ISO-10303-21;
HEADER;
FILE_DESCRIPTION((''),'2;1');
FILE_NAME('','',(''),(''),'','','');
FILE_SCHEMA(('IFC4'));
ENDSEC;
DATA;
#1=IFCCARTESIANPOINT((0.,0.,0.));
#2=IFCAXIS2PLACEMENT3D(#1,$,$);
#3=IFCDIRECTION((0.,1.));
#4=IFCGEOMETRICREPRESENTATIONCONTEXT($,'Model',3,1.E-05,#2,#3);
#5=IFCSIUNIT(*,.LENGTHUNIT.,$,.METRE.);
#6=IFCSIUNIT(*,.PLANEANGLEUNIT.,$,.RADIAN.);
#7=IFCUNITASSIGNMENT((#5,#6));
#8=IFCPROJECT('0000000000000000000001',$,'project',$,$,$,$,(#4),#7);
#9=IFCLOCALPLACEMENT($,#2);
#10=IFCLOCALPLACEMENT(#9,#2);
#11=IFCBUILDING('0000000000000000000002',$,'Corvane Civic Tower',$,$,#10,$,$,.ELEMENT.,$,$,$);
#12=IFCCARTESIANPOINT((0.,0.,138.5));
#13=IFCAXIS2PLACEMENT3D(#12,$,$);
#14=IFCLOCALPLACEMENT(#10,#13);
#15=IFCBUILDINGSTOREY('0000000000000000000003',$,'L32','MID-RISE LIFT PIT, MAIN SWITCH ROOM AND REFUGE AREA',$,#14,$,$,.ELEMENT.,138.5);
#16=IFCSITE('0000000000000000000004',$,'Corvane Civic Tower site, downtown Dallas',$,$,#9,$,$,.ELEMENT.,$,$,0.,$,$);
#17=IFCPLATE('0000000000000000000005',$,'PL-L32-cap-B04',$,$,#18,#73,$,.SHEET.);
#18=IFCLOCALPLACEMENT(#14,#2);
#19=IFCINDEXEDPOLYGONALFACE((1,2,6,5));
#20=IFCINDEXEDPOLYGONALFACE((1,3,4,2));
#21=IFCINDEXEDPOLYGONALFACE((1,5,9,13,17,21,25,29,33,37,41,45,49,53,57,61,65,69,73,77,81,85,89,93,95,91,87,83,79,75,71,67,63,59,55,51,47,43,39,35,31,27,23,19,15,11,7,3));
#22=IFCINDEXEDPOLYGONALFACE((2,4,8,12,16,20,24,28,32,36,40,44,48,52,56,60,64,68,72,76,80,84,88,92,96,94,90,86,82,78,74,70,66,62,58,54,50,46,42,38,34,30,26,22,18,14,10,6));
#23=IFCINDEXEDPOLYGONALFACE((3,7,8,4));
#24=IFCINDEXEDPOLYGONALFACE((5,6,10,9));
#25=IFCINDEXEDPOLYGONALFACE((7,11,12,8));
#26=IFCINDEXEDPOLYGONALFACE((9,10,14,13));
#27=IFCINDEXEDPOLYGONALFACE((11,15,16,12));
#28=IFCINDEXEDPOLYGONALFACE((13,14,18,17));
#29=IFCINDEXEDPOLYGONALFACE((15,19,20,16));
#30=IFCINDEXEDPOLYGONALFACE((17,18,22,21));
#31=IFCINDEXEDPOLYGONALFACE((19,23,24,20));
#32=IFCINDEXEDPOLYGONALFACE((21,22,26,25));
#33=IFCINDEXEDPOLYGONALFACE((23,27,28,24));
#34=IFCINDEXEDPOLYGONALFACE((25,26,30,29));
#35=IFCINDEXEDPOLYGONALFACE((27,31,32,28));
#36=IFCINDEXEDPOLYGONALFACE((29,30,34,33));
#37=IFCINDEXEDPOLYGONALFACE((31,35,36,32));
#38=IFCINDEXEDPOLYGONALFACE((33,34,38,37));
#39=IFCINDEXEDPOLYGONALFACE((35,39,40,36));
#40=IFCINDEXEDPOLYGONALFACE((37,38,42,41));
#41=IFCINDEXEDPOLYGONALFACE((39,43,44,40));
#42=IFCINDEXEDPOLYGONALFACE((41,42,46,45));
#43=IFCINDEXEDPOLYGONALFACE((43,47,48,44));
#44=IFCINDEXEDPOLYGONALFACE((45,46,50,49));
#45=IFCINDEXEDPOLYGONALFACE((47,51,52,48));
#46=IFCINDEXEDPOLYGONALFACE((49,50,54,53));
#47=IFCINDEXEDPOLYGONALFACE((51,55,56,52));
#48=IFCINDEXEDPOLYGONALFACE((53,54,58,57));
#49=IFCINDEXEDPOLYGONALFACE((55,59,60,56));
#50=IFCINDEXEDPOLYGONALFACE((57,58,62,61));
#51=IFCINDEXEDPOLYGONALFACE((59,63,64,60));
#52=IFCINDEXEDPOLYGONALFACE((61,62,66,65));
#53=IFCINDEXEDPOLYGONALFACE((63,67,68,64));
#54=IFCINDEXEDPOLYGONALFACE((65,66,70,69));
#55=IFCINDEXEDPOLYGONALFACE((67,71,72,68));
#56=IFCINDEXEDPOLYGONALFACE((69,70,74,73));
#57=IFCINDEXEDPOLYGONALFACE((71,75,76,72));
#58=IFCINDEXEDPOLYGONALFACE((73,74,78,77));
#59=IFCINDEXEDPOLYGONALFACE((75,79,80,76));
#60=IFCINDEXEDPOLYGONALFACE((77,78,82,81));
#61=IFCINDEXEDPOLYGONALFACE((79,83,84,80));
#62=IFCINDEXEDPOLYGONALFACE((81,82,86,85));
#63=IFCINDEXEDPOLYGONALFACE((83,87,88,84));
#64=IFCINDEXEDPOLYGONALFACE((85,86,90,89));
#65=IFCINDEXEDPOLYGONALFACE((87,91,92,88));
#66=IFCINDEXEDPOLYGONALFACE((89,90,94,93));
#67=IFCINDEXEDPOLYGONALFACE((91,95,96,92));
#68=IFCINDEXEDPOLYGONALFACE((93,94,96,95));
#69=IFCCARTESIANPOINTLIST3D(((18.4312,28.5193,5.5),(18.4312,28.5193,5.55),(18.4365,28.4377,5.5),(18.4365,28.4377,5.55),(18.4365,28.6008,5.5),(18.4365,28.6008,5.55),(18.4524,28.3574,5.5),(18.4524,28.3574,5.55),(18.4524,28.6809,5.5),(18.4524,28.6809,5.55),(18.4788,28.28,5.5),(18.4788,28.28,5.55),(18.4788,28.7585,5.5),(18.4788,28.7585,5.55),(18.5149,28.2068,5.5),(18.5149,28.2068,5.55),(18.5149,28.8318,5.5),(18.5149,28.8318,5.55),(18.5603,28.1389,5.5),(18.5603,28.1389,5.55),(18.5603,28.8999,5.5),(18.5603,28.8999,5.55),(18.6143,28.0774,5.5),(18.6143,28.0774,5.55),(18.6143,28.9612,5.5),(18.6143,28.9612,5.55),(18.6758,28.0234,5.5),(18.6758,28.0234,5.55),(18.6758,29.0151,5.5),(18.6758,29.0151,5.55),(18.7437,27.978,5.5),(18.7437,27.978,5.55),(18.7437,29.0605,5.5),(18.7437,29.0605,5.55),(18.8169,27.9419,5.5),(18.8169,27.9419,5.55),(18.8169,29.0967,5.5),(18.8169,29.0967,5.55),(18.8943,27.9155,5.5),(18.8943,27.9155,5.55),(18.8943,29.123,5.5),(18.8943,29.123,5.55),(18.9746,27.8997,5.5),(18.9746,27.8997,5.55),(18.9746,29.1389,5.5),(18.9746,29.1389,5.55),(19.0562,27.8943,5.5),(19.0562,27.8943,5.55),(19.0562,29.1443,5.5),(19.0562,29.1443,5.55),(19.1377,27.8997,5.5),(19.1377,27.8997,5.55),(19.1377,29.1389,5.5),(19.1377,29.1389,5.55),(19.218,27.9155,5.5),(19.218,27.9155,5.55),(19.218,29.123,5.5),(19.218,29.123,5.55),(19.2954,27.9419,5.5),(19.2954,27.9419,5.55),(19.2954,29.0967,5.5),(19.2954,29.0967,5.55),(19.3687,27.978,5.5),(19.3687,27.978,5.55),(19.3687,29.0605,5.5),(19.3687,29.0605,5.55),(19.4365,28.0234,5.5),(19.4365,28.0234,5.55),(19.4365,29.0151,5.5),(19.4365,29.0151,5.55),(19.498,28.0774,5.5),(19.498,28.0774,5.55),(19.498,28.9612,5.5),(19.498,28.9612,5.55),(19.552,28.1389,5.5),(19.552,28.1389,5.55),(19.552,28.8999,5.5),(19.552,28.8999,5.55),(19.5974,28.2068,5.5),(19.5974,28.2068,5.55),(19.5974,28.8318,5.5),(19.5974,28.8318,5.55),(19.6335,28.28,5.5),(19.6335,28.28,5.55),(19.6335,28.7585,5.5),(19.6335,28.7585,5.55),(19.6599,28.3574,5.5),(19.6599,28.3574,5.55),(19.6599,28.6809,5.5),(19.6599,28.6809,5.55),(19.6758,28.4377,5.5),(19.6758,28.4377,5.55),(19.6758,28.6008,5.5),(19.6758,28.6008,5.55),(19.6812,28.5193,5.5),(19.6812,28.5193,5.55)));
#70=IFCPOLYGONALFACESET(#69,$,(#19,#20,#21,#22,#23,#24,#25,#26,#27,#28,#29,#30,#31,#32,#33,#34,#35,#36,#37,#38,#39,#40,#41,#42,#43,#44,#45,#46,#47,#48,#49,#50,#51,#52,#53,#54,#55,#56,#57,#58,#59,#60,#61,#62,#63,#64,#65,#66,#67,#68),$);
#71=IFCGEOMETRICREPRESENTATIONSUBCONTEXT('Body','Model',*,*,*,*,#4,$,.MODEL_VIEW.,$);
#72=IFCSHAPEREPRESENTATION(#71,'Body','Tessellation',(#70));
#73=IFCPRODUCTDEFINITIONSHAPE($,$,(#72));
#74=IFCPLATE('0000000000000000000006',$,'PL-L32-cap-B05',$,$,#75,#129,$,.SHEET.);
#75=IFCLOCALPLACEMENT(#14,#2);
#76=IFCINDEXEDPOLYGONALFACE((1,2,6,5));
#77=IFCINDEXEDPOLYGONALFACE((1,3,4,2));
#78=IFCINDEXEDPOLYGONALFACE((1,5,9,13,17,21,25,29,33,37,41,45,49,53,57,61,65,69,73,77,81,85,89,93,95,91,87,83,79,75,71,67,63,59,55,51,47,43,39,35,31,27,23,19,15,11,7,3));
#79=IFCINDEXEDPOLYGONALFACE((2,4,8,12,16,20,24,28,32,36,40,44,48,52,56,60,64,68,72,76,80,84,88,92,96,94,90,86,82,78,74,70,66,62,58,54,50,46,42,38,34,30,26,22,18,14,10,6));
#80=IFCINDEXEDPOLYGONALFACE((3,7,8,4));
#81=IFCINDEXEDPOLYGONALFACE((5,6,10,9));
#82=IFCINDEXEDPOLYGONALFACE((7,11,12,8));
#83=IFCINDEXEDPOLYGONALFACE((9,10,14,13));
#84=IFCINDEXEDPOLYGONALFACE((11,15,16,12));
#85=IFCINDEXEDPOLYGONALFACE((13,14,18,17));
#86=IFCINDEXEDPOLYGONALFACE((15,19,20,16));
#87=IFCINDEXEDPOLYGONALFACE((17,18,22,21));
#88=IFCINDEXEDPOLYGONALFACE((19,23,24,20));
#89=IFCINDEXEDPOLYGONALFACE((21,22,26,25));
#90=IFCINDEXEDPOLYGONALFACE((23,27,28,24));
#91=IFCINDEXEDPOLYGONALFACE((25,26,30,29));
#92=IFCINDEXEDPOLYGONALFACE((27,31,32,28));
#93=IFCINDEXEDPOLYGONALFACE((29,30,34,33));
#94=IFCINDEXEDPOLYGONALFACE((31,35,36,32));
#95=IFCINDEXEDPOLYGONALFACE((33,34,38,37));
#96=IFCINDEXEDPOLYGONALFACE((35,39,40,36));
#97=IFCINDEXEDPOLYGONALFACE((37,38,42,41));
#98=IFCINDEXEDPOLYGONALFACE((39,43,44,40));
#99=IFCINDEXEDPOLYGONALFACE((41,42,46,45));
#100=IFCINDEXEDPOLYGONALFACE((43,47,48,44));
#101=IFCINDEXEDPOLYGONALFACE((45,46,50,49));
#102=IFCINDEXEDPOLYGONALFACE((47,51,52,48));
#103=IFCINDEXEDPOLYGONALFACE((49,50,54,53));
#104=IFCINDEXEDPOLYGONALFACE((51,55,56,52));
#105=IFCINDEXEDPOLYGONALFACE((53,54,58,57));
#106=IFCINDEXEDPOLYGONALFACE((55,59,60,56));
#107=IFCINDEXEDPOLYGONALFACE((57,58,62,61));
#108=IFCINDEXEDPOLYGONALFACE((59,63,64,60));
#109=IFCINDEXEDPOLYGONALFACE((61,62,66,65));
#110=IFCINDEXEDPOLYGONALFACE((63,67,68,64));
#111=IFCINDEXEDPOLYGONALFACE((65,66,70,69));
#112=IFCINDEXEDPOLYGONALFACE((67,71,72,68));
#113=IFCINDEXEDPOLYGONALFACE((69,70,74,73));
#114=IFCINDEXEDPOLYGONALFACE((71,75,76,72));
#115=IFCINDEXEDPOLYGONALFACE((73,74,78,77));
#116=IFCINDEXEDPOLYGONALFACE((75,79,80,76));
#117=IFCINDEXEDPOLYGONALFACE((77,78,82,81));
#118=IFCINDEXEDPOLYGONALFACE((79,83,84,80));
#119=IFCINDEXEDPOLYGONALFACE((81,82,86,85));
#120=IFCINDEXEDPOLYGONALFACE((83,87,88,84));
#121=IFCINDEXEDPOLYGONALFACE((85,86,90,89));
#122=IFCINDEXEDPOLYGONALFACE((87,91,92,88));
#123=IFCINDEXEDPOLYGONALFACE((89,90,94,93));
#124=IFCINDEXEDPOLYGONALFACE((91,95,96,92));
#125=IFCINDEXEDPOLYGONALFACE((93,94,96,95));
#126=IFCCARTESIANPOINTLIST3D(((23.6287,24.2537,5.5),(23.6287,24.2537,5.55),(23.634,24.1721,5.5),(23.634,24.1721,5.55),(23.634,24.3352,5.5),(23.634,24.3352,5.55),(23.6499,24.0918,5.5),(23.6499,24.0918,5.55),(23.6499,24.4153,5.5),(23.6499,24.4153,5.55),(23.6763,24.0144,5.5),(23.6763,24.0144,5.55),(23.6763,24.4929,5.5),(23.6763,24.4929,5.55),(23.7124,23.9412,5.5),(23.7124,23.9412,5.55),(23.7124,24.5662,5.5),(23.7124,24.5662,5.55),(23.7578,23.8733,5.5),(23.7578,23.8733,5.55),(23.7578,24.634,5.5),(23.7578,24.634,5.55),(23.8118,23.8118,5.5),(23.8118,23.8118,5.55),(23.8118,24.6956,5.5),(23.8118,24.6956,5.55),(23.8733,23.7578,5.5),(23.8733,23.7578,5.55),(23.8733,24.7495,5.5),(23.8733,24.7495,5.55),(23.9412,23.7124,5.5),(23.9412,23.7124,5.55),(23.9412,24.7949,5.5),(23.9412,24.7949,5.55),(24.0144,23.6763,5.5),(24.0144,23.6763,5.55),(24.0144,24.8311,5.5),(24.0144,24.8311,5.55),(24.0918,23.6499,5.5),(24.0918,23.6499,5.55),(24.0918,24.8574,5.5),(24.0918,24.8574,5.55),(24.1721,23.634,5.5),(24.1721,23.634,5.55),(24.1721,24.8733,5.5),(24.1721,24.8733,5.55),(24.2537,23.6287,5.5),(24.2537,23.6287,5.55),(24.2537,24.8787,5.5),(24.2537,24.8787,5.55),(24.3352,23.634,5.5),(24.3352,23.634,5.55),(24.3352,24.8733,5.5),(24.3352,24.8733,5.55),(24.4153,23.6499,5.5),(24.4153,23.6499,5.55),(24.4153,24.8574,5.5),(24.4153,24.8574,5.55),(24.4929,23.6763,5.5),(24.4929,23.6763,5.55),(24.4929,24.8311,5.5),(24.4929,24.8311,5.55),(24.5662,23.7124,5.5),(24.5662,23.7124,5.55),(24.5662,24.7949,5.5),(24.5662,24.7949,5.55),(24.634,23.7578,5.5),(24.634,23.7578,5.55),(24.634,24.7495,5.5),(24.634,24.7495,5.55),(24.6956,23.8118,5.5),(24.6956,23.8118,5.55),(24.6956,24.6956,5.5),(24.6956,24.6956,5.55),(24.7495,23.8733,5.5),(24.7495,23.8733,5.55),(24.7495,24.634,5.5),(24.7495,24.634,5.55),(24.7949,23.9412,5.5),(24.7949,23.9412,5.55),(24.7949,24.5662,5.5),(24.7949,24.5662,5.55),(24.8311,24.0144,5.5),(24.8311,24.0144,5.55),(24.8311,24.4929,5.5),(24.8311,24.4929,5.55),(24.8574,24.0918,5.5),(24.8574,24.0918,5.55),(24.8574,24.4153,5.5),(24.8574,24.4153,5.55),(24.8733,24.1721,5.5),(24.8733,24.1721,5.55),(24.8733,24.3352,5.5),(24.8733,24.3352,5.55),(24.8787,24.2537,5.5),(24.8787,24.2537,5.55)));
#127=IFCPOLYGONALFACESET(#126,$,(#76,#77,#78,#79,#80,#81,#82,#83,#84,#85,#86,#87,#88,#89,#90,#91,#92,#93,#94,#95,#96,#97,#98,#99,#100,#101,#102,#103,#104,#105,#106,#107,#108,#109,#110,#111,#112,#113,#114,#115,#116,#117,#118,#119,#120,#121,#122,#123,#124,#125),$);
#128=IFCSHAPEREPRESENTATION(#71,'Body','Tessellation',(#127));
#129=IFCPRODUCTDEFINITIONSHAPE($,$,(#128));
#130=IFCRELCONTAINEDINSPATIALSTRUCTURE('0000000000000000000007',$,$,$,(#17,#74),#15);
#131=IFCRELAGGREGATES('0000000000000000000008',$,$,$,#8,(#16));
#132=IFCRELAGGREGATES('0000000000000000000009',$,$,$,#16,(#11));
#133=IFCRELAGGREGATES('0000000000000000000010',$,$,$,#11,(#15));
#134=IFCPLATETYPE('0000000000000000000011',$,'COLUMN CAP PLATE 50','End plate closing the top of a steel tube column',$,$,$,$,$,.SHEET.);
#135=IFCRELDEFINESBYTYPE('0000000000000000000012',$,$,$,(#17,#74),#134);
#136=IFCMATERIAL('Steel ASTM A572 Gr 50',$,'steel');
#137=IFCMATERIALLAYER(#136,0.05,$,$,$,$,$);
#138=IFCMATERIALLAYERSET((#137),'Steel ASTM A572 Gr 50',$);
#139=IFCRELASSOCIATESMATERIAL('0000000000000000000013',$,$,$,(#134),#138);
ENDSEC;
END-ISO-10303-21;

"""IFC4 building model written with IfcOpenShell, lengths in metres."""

from ifc_helpers import new_model, si_unit, direction, frame, origin, place, context, subcontext, project, spatial, polyline, outline, extrude, material, layer, layer_set, type_object, element, save


model = new_model("IFC4")

# Units and contexts
model_context = context("Model", 3, precision=1e-05, world=origin(), true_north=direction((0.0, 1.0)))
body_context = subcontext(model_context, "Body", "Model", "MODEL_VIEW")
ifc_project = project(units=[si_unit("LENGTHUNIT", "METRE"), si_unit("PLANEANGLEUNIT", "RADIAN")], contexts=[model_context])

# Site, building, storey
site_placement = place(None, origin())
site = spatial("IfcSite", under=ifc_project, at=site_placement, Name="Corvane Civic Tower site, downtown Dallas", CompositionType="ELEMENT", RefElevation=0.0)
building_placement = place(site_placement, origin())
building = spatial("IfcBuilding", under=site, at=building_placement, Name="Corvane Civic Tower", CompositionType="ELEMENT")
storey_placement = place(building_placement, frame((0.0, 0.0, 138.5)))
storey = spatial("IfcBuildingStorey", under=building, at=storey_placement, Name="L32", Description="MID-RISE LIFT PIT, MAIN SWITCH ROOM AND REFUGE AREA", CompositionType="ELEMENT", Elevation=138.5)

# Plates
ifc_material_1 = material(Name="Steel ASTM A572 Gr 50", Category="steel")
ifc_layer_1 = layer(ifc_material_1, 0.05)
ifc_layer_set_1 = layer_set([ifc_layer_1], Name="Steel ASTM A572 Gr 50")
plate_type = type_object("IfcPlateType", Name="COLUMN CAP PLATE 50", Description="End plate closing the top of a steel tube column", PredefinedType="SHEET", material=ifc_layer_set_1)
plate_1_placement = place(storey_placement, frame((0.0, 0.0, 5.5)))
element("IfcPlate", 1, at=plate_1_placement, inside=storey, type_object=plate_type, Name="PL-L32-cap-B04", PredefinedType="SHEET", context=body_context, shape_type="SweptSolid", body=[
    extrude(outline(polyline([(19.6812, 28.5193), (19.6758, 28.6008), (19.6599, 28.6809), (19.6335, 28.7585), (19.5974, 28.8318), (19.552, 28.8999), (19.498, 28.9612), (19.4365, 29.0151), (19.3687, 29.0605), (19.2954, 29.0967), (19.218, 29.123), (19.1377, 29.1389), (19.0562, 29.1443), (18.9746, 29.1389), (18.8943, 29.123), (18.8169, 29.0967), (18.7437, 29.0605), (18.6758, 29.0151), (18.6143, 28.9612), (18.5603, 28.8999), (18.5149, 28.8318), (18.4788, 28.7585), (18.4524, 28.6809), (18.4365, 28.6008), (18.4312, 28.5193), (18.4365, 28.4377), (18.4524, 28.3574), (18.4788, 28.28), (18.5149, 28.2068), (18.5603, 28.1389), (18.6143, 28.0774), (18.6758, 28.0234), (18.7437, 27.978), (18.8169, 27.9419), (18.8943, 27.9155), (18.9746, 27.8997), (19.0562, 27.8943), (19.1377, 27.8997), (19.218, 27.9155), (19.2954, 27.9419), (19.3687, 27.978), (19.4365, 28.0234), (19.498, 28.0774), (19.552, 28.1389), (19.5974, 28.2068), (19.6335, 28.28), (19.6599, 28.3574), (19.6758, 28.4377), (19.6812, 28.5193)])), origin(), (0.0, 0.0, 1.0), 0.05),
])
plate_2_placement = place(storey_placement, frame((0.0, 0.0, 5.5)))
element("IfcPlate", 2, at=plate_2_placement, inside=storey, type_object=plate_type, Name="PL-L32-cap-B05", PredefinedType="SHEET", context=body_context, shape_type="SweptSolid", body=[
    extrude(outline(polyline([(24.8787, 24.2537), (24.8733, 24.3352), (24.8574, 24.4153), (24.8311, 24.4929), (24.7949, 24.5662), (24.7495, 24.634), (24.6956, 24.6956), (24.634, 24.7495), (24.5662, 24.7949), (24.4929, 24.8311), (24.4153, 24.8574), (24.3352, 24.8733), (24.2537, 24.8787), (24.1721, 24.8733), (24.0918, 24.8574), (24.0144, 24.8311), (23.9412, 24.7949), (23.8733, 24.7495), (23.8118, 24.6956), (23.7578, 24.634), (23.7124, 24.5662), (23.6763, 24.4929), (23.6499, 24.4153), (23.634, 24.3352), (23.6287, 24.2537), (23.634, 24.1721), (23.6499, 24.0918), (23.6763, 24.0144), (23.7124, 23.9412), (23.7578, 23.8733), (23.8118, 23.8118), (23.8733, 23.7578), (23.9412, 23.7124), (24.0144, 23.6763), (24.0918, 23.6499), (24.1721, 23.634), (24.2537, 23.6287), (24.3352, 23.634), (24.4153, 23.6499), (24.4929, 23.6763), (24.5662, 23.7124), (24.634, 23.7578), (24.6956, 23.8118), (24.7495, 23.8733), (24.7949, 23.9412), (24.8311, 24.0144), (24.8574, 24.0918), (24.8733, 24.1721), (24.8787, 24.2537)])), origin(), (0.0, 0.0, 1.0), 0.05),
])

save(model, "model.ifc")
